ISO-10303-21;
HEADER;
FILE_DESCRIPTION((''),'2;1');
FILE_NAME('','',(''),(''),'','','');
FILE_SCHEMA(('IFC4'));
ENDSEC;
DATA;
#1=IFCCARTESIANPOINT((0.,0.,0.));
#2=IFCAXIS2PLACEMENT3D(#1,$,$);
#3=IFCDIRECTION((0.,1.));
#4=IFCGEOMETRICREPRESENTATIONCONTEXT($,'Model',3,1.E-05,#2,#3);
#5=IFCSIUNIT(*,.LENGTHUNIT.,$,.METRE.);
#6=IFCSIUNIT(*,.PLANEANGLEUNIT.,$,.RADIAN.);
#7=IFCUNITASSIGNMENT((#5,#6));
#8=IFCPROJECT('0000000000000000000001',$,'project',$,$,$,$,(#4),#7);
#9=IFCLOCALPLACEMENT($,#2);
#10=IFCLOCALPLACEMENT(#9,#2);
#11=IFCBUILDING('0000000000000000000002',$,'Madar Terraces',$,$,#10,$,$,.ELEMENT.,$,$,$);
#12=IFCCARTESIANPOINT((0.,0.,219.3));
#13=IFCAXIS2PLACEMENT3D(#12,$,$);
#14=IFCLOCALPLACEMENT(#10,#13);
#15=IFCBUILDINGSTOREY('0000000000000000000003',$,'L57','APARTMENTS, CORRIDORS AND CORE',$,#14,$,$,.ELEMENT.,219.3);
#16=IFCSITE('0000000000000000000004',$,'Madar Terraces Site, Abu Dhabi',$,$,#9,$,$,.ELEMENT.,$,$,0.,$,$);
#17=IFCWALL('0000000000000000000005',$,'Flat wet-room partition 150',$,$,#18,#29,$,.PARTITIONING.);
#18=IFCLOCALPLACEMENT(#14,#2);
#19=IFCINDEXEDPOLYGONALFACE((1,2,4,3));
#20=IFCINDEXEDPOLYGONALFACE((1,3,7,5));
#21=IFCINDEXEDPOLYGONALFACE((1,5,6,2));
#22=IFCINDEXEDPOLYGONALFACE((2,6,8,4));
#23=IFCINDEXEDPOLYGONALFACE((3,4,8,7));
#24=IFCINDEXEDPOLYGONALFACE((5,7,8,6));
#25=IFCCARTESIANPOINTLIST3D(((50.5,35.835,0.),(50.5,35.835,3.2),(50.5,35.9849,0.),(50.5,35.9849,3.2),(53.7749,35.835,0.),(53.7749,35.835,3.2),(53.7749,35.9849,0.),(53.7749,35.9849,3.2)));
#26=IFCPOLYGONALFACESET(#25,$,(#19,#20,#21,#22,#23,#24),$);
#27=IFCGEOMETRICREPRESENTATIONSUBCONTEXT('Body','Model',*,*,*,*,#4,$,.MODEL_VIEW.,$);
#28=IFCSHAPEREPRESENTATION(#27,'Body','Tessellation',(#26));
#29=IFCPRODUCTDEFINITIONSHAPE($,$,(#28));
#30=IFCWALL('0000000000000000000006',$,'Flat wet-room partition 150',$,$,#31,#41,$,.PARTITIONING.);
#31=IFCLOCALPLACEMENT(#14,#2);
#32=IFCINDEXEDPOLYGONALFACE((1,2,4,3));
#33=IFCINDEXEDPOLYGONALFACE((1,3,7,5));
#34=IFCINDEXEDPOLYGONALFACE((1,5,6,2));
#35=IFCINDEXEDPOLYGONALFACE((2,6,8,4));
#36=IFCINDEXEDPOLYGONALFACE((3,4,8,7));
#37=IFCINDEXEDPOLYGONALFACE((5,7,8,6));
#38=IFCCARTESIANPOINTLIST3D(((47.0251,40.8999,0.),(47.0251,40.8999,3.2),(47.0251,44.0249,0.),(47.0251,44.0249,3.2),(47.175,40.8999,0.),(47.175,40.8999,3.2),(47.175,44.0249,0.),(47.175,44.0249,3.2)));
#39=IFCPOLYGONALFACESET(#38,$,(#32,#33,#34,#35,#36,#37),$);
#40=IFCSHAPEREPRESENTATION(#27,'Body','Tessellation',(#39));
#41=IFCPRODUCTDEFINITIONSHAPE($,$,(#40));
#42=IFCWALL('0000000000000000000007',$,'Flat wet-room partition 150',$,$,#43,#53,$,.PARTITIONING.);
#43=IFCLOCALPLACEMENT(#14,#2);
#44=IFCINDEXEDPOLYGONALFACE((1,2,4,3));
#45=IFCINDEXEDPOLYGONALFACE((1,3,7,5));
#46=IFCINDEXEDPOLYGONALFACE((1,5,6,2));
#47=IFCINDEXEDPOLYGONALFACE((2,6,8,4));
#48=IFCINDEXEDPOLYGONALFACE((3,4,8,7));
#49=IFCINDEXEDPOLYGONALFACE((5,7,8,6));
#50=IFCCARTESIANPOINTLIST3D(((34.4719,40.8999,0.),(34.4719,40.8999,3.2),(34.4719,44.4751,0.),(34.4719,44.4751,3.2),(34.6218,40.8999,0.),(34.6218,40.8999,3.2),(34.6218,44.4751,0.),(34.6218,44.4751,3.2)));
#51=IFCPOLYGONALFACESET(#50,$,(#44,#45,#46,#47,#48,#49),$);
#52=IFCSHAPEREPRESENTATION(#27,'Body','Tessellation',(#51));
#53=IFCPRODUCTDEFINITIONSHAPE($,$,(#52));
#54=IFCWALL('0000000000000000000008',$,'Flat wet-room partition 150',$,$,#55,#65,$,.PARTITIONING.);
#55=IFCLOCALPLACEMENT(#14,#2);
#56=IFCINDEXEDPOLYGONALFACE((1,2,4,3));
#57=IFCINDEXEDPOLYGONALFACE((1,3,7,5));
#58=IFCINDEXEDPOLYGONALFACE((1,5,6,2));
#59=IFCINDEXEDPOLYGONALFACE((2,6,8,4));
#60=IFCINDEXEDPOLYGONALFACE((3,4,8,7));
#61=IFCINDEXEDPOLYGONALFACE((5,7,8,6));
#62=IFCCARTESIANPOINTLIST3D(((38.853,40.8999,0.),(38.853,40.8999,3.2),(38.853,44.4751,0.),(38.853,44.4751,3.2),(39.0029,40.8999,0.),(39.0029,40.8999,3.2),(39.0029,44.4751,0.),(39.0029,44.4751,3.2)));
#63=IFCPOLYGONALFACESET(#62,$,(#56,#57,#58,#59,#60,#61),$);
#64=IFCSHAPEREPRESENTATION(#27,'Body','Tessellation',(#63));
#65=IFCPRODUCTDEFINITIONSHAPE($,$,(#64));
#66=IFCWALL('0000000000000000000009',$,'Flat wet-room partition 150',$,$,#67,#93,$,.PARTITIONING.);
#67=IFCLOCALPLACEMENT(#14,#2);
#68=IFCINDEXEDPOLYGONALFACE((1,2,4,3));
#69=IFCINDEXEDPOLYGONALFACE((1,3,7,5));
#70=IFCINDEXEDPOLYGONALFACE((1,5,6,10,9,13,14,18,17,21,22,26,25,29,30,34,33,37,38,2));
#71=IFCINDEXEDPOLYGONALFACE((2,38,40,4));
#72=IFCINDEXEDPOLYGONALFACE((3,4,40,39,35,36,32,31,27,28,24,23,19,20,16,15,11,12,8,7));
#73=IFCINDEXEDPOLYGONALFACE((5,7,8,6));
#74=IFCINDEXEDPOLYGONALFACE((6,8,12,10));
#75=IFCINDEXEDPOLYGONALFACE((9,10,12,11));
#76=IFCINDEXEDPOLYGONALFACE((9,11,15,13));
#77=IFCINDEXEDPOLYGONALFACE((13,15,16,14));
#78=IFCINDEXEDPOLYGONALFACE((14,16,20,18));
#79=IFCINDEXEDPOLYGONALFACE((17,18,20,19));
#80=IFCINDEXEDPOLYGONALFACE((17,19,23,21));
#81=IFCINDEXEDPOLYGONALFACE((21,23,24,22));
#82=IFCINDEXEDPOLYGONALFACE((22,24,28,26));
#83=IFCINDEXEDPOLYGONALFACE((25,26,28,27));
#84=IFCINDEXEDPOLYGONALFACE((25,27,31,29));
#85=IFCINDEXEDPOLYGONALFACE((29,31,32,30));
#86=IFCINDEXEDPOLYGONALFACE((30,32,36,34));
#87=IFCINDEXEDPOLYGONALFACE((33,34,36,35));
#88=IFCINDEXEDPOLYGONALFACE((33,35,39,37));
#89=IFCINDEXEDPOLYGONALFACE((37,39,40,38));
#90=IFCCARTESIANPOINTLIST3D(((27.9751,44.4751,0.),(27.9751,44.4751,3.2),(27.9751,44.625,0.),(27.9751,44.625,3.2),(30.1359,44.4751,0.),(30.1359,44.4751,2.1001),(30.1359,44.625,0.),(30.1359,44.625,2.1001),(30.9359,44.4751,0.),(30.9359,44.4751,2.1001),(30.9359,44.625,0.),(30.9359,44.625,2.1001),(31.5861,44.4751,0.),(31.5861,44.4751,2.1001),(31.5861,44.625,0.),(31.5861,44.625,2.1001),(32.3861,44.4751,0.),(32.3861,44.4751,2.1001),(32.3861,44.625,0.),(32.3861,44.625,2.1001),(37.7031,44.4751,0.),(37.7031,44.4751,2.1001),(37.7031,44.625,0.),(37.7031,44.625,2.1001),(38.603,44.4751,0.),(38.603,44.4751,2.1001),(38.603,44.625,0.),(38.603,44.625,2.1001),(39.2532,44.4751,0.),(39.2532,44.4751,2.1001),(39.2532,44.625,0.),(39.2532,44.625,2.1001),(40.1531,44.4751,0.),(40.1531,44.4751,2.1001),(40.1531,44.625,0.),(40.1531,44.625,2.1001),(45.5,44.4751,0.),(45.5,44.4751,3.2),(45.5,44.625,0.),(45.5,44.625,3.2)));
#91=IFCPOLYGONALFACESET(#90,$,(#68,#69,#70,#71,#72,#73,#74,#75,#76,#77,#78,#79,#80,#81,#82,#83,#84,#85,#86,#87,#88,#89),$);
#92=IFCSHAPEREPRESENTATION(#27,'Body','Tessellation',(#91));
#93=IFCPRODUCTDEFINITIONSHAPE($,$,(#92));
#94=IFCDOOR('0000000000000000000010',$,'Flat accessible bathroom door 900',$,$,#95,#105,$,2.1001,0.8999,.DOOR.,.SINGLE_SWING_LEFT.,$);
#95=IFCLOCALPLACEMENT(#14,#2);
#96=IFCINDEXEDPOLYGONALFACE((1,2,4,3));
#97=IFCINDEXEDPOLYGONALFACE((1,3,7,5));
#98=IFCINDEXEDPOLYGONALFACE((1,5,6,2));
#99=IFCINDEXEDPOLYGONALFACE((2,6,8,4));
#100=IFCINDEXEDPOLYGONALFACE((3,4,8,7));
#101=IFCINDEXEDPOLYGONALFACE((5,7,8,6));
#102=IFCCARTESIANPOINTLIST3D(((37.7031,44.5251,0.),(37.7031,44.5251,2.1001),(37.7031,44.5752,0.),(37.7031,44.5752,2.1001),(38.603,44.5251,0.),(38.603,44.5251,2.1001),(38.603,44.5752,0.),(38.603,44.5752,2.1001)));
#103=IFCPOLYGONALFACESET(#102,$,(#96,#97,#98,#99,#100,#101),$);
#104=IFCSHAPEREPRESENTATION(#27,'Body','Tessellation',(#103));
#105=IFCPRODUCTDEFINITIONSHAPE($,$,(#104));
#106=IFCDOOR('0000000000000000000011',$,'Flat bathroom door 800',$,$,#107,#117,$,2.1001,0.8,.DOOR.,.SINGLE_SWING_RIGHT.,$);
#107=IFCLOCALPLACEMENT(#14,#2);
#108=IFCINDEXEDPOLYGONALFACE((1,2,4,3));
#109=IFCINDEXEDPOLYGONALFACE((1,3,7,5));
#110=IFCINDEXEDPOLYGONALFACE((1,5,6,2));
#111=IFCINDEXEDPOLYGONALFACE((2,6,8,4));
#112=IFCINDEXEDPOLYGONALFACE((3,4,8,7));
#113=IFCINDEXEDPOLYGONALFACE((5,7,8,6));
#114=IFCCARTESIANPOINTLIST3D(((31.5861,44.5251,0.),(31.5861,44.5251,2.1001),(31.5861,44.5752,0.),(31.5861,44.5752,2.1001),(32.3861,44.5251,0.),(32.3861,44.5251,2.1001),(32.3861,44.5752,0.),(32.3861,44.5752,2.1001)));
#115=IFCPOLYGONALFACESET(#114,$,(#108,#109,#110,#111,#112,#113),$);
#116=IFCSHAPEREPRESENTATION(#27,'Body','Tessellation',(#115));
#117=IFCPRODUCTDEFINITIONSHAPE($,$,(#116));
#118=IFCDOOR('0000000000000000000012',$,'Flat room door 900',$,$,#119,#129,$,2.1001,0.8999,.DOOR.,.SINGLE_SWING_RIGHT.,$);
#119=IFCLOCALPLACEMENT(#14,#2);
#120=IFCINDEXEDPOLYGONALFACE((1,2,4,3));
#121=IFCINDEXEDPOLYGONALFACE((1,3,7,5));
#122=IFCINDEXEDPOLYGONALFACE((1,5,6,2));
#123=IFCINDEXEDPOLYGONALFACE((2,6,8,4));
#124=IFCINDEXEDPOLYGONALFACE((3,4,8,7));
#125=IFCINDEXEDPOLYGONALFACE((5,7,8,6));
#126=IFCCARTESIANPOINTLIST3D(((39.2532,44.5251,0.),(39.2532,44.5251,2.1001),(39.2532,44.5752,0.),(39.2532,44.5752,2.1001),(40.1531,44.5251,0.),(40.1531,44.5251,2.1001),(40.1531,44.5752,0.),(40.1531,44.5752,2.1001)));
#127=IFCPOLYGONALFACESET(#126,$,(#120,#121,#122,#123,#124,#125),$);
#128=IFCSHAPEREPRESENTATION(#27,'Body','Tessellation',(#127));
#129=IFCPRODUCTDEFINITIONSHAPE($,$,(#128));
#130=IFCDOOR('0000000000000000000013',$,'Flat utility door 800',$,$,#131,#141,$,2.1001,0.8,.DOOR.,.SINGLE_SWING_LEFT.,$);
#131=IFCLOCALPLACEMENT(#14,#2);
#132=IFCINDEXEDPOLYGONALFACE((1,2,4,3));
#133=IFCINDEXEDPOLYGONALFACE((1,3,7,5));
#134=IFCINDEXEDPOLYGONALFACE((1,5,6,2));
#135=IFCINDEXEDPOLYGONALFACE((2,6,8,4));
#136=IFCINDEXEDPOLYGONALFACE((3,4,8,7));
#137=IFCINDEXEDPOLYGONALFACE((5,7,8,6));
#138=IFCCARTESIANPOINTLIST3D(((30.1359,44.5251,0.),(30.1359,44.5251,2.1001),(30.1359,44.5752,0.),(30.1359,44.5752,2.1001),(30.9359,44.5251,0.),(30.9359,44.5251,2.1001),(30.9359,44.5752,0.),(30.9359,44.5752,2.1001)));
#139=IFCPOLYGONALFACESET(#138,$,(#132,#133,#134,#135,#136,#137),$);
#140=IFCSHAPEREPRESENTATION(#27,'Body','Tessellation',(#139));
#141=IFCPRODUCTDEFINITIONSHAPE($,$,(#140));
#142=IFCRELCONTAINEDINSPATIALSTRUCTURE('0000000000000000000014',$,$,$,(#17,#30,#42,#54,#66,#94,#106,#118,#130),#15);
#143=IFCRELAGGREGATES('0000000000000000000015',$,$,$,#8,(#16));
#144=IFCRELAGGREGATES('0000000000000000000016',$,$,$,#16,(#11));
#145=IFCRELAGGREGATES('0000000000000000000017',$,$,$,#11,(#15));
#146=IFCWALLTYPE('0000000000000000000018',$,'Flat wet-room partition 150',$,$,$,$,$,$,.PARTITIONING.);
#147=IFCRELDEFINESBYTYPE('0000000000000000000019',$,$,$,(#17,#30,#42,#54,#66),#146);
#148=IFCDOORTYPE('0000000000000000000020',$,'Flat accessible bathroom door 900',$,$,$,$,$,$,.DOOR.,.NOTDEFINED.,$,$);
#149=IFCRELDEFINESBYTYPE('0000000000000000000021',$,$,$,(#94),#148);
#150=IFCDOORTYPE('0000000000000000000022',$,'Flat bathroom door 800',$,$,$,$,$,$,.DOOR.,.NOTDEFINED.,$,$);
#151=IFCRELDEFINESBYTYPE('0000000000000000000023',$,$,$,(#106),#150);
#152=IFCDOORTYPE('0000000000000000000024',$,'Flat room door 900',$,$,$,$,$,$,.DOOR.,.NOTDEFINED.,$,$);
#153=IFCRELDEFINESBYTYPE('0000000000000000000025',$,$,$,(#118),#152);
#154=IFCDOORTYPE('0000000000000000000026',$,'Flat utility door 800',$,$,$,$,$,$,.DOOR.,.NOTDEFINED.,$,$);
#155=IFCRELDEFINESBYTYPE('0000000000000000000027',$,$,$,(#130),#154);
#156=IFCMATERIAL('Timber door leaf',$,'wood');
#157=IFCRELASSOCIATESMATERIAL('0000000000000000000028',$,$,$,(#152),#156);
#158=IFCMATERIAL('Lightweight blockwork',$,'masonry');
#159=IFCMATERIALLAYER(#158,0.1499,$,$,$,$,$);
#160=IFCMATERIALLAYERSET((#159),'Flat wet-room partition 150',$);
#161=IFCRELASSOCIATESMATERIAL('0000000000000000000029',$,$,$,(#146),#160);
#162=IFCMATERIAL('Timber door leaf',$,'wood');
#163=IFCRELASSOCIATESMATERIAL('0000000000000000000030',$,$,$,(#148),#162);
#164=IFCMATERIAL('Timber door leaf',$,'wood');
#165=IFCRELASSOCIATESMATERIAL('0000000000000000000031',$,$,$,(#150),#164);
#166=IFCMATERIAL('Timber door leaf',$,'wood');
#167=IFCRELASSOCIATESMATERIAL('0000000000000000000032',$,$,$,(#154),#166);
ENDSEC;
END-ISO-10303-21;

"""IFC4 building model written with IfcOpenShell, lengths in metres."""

from ifc_helpers import new_model, si_unit, direction, frame, frame_2d, origin, place, context, subcontext, project, spatial, rectangle, extrude, material, layer, layer_set, type_object, element, fill, save


model = new_model("IFC4")

# Units and contexts
model_context = context("Model", 3, precision=1e-05, world=origin(), true_north=direction((0.0, 1.0)))
body_context = subcontext(model_context, "Body", "Model", "MODEL_VIEW")
ifc_project = project(units=[si_unit("LENGTHUNIT", "METRE"), si_unit("PLANEANGLEUNIT", "RADIAN")], contexts=[model_context])

# Site, building, storey
site_placement = place(None, origin())
site = spatial("IfcSite", under=ifc_project, at=site_placement, Name="Madar Terraces Site, Abu Dhabi", CompositionType="ELEMENT", RefElevation=0.0)
building_placement = place(site_placement, origin())
building = spatial("IfcBuilding", under=site, at=building_placement, Name="Madar Terraces", CompositionType="ELEMENT")
storey_placement = place(building_placement, frame((0.0, 0.0, 219.3)))
storey = spatial("IfcBuildingStorey", under=building, at=storey_placement, Name="L57", Description="APARTMENTS, CORRIDORS AND CORE", CompositionType="ELEMENT", Elevation=219.3)

# Shared definitions
ifc_material_1 = material(Name="Timber door leaf", Category="wood")
door_type_1 = type_object("IfcDoorType", Name="Flat room door 900", OperationType="NOTDEFINED", PredefinedType="DOOR", material=ifc_material_1)

# Walls
ifc_material_2 = material(Name="Lightweight blockwork", Category="masonry")
ifc_layer_1 = layer(ifc_material_2, 0.1499)
ifc_layer_set_1 = layer_set([ifc_layer_1], Name="Flat wet-room partition 150")
wall_type_1 = type_object("IfcWallType", Name="Flat wet-room partition 150", PredefinedType="PARTITIONING", material=ifc_layer_set_1)
wall_1_placement = place(storey_placement, frame((50.5, 35.9099, 0.0), z_axis=(0.0, 0.0, 1.0), x_axis=(1.0, 0.0, 0.0)))
element("IfcWall", 1, at=wall_1_placement, inside=storey, type_object=wall_type_1, Name="Flat wet-room partition 150", PredefinedType="PARTITIONING", context=body_context, shape_type="SweptSolid", body=[
    extrude(rectangle(XDim=3.2749, YDim=0.1499, at=frame_2d((1.6375, 0.0))), origin(), (0.0, 0.0, 1.0), 3.2),
])
wall_2_placement = place(storey_placement, frame((47.1001, 40.8999, 0.0), z_axis=(0.0, 0.0, 1.0), x_axis=(0.0, 1.0, 0.0)))
element("IfcWall", 2, at=wall_2_placement, inside=storey, type_object=wall_type_1, Name="Flat wet-room partition 150", PredefinedType="PARTITIONING", context=body_context, shape_type="SweptSolid", body=[
    extrude(rectangle(XDim=3.125, YDim=0.1499, at=frame_2d((1.5625, 0.0))), origin(), (0.0, 0.0, 1.0), 3.2),
])
for number, where, z_axis, x_axis, name in (
    (3, (34.5469, 40.8999, 0.0), (0.0, 0.0, 1.0), (0.0, 1.0, 0.0), "Flat wet-room partition 150"),
    (4, (38.928, 40.8999, 0.0), (0.0, 0.0, 1.0), (0.0, 1.0, 0.0), "Flat wet-room partition 150"),
):
    element("IfcWall", number, at=place(storey_placement, frame(where, z_axis=z_axis, x_axis=x_axis)), inside=storey, type_object=wall_type_1, Name=name, PredefinedType="PARTITIONING", context=body_context, shape_type="SweptSolid", body=[
        extrude(rectangle(XDim=3.5752, YDim=0.1499, at=frame_2d((1.7876, 0.0))), origin(), (0.0, 0.0, 1.0), 3.2),
    ])

# Wall, openings, doors
wall_3_placement = place(storey_placement, frame((45.5, 44.55, 0.0), z_axis=(0.0, 0.0, 1.0), x_axis=(-1.0, 0.0, 0.0)))
wall_3 = element("IfcWall", 5, at=wall_3_placement, inside=storey, type_object=wall_type_1, Name="Flat wet-room partition 150", PredefinedType="PARTITIONING", context=body_context, shape_type="SweptSolid", body=[
    extrude(rectangle(XDim=17.5249, YDim=0.1499, at=frame_2d((8.7625, 0.0))), origin(), (0.0, 0.0, 1.0), 3.2),
])
opening_1_placement = place(wall_3_placement, frame((14.5642, 0.0, 0.0)))
opening_1 = element("IfcOpeningElement", 6, at=opening_1_placement, cuts=wall_3, PredefinedType="OPENING", context=body_context, shape_type="SweptSolid", body=[
    extrude(rectangle(XDim=0.8, YDim=2.1001, at=frame_2d((0.3999, 1.05))), frame((0.0, 0.085, 0.0), z_axis=(0.0, -1.0, 0.0), x_axis=(1.0, 0.0, 0.0)), (0.0, 0.0, 1.0), 0.1699),
])
opening_2_placement = place(wall_3_placement, frame((13.114, 0.0, 0.0)))
opening_2 = element("IfcOpeningElement", 7, at=opening_2_placement, cuts=wall_3, PredefinedType="OPENING", context=body_context, shape_type="SweptSolid", body=[
    extrude(rectangle(XDim=0.8, YDim=2.1001, at=frame_2d((0.3999, 1.05))), frame((0.0, 0.085, 0.0), z_axis=(0.0, -1.0, 0.0), x_axis=(1.0, 0.0, 0.0)), (0.0, 0.0, 1.0), 0.1699),
])
opening_3_placement = place(wall_3_placement, frame((6.897, 0.0, 0.0)))
opening_3 = element("IfcOpeningElement", 8, at=opening_3_placement, cuts=wall_3, PredefinedType="OPENING", context=body_context, shape_type="SweptSolid", body=[
    extrude(rectangle(XDim=0.8999, YDim=2.1001, at=frame_2d((0.45, 1.05))), frame((0.0, 0.085, 0.0), z_axis=(0.0, -1.0, 0.0), x_axis=(1.0, 0.0, 0.0)), (0.0, 0.0, 1.0), 0.1699),
])
opening_4_placement = place(wall_3_placement, frame((5.3469, 0.0, 0.0)))
opening_4 = element("IfcOpeningElement", 9, at=opening_4_placement, cuts=wall_3, PredefinedType="OPENING", context=body_context, shape_type="SweptSolid", body=[
    extrude(rectangle(XDim=0.8999, YDim=2.1001, at=frame_2d((0.45, 1.05))), frame((0.0, 0.085, 0.0), z_axis=(0.0, -1.0, 0.0), x_axis=(1.0, 0.0, 0.0)), (0.0, 0.0, 1.0), 0.1699),
])
ifc_material_3 = material(Name="Timber door leaf", Category="wood")
door_type_2 = type_object("IfcDoorType", Name="Flat accessible bathroom door 900", OperationType="NOTDEFINED", PredefinedType="DOOR", material=ifc_material_3)
door_1_placement = place(opening_3_placement, origin())
door_1 = element("IfcDoor", 10, at=door_1_placement, inside=storey, type_object=door_type_2, Name="Flat accessible bathroom door 900", OperationType="SINGLE_SWING_LEFT", OverallHeight=2.1001, OverallWidth=0.8999, PredefinedType="DOOR", context=body_context, shape_type="SweptSolid", body=[
    extrude(rectangle(XDim=0.8999, YDim=2.1001, at=frame_2d((0.45, 1.05))), frame((0.0, 0.0249, 0.0), z_axis=(0.0, -1.0, 0.0), x_axis=(1.0, 0.0, 0.0)), (0.0, 0.0, 1.0), 0.05),
])
fill(opening_3, door_1)
ifc_material_4 = material(Name="Timber door leaf", Category="wood")
door_type_3 = type_object("IfcDoorType", Name="Flat bathroom door 800", OperationType="NOTDEFINED", PredefinedType="DOOR", material=ifc_material_4)
door_2_placement = place(opening_2_placement, origin())
door_2 = element("IfcDoor", 11, at=door_2_placement, inside=storey, type_object=door_type_3, Name="Flat bathroom door 800", OperationType="SINGLE_SWING_RIGHT", OverallHeight=2.1001, OverallWidth=0.8, PredefinedType="DOOR", context=body_context, shape_type="SweptSolid", body=[
    extrude(rectangle(XDim=0.8, YDim=2.1001, at=frame_2d((0.3999, 1.05))), frame((0.0, 0.0249, 0.0), z_axis=(0.0, -1.0, 0.0), x_axis=(1.0, 0.0, 0.0)), (0.0, 0.0, 1.0), 0.05),
])
fill(opening_2, door_2)
door_3_placement = place(opening_4_placement, origin())
door_3 = element("IfcDoor", 12, at=door_3_placement, inside=storey, type_object=door_type_1, Name="Flat room door 900", OperationType="SINGLE_SWING_RIGHT", OverallHeight=2.1001, OverallWidth=0.8999, PredefinedType="DOOR", context=body_context, shape_type="SweptSolid", body=[
    extrude(rectangle(XDim=0.8999, YDim=2.1001, at=frame_2d((0.45, 1.05))), frame((0.0, 0.0249, 0.0), z_axis=(0.0, -1.0, 0.0), x_axis=(1.0, 0.0, 0.0)), (0.0, 0.0, 1.0), 0.05),
])
fill(opening_4, door_3)
ifc_material_5 = material(Name="Timber door leaf", Category="wood")
door_type_4 = type_object("IfcDoorType", Name="Flat utility door 800", OperationType="NOTDEFINED", PredefinedType="DOOR", material=ifc_material_5)
door_4_placement = place(opening_1_placement, origin())
door_4 = element("IfcDoor", 13, at=door_4_placement, inside=storey, type_object=door_type_4, Name="Flat utility door 800", OperationType="SINGLE_SWING_LEFT", OverallHeight=2.1001, OverallWidth=0.8, PredefinedType="DOOR", context=body_context, shape_type="SweptSolid", body=[
    extrude(rectangle(XDim=0.8, YDim=2.1001, at=frame_2d((0.3999, 1.05))), frame((0.0, 0.0249, 0.0), z_axis=(0.0, -1.0, 0.0), x_axis=(1.0, 0.0, 0.0)), (0.0, 0.0, 1.0), 0.05),
])
fill(opening_1, door_4)

save(model, "model.ifc")
